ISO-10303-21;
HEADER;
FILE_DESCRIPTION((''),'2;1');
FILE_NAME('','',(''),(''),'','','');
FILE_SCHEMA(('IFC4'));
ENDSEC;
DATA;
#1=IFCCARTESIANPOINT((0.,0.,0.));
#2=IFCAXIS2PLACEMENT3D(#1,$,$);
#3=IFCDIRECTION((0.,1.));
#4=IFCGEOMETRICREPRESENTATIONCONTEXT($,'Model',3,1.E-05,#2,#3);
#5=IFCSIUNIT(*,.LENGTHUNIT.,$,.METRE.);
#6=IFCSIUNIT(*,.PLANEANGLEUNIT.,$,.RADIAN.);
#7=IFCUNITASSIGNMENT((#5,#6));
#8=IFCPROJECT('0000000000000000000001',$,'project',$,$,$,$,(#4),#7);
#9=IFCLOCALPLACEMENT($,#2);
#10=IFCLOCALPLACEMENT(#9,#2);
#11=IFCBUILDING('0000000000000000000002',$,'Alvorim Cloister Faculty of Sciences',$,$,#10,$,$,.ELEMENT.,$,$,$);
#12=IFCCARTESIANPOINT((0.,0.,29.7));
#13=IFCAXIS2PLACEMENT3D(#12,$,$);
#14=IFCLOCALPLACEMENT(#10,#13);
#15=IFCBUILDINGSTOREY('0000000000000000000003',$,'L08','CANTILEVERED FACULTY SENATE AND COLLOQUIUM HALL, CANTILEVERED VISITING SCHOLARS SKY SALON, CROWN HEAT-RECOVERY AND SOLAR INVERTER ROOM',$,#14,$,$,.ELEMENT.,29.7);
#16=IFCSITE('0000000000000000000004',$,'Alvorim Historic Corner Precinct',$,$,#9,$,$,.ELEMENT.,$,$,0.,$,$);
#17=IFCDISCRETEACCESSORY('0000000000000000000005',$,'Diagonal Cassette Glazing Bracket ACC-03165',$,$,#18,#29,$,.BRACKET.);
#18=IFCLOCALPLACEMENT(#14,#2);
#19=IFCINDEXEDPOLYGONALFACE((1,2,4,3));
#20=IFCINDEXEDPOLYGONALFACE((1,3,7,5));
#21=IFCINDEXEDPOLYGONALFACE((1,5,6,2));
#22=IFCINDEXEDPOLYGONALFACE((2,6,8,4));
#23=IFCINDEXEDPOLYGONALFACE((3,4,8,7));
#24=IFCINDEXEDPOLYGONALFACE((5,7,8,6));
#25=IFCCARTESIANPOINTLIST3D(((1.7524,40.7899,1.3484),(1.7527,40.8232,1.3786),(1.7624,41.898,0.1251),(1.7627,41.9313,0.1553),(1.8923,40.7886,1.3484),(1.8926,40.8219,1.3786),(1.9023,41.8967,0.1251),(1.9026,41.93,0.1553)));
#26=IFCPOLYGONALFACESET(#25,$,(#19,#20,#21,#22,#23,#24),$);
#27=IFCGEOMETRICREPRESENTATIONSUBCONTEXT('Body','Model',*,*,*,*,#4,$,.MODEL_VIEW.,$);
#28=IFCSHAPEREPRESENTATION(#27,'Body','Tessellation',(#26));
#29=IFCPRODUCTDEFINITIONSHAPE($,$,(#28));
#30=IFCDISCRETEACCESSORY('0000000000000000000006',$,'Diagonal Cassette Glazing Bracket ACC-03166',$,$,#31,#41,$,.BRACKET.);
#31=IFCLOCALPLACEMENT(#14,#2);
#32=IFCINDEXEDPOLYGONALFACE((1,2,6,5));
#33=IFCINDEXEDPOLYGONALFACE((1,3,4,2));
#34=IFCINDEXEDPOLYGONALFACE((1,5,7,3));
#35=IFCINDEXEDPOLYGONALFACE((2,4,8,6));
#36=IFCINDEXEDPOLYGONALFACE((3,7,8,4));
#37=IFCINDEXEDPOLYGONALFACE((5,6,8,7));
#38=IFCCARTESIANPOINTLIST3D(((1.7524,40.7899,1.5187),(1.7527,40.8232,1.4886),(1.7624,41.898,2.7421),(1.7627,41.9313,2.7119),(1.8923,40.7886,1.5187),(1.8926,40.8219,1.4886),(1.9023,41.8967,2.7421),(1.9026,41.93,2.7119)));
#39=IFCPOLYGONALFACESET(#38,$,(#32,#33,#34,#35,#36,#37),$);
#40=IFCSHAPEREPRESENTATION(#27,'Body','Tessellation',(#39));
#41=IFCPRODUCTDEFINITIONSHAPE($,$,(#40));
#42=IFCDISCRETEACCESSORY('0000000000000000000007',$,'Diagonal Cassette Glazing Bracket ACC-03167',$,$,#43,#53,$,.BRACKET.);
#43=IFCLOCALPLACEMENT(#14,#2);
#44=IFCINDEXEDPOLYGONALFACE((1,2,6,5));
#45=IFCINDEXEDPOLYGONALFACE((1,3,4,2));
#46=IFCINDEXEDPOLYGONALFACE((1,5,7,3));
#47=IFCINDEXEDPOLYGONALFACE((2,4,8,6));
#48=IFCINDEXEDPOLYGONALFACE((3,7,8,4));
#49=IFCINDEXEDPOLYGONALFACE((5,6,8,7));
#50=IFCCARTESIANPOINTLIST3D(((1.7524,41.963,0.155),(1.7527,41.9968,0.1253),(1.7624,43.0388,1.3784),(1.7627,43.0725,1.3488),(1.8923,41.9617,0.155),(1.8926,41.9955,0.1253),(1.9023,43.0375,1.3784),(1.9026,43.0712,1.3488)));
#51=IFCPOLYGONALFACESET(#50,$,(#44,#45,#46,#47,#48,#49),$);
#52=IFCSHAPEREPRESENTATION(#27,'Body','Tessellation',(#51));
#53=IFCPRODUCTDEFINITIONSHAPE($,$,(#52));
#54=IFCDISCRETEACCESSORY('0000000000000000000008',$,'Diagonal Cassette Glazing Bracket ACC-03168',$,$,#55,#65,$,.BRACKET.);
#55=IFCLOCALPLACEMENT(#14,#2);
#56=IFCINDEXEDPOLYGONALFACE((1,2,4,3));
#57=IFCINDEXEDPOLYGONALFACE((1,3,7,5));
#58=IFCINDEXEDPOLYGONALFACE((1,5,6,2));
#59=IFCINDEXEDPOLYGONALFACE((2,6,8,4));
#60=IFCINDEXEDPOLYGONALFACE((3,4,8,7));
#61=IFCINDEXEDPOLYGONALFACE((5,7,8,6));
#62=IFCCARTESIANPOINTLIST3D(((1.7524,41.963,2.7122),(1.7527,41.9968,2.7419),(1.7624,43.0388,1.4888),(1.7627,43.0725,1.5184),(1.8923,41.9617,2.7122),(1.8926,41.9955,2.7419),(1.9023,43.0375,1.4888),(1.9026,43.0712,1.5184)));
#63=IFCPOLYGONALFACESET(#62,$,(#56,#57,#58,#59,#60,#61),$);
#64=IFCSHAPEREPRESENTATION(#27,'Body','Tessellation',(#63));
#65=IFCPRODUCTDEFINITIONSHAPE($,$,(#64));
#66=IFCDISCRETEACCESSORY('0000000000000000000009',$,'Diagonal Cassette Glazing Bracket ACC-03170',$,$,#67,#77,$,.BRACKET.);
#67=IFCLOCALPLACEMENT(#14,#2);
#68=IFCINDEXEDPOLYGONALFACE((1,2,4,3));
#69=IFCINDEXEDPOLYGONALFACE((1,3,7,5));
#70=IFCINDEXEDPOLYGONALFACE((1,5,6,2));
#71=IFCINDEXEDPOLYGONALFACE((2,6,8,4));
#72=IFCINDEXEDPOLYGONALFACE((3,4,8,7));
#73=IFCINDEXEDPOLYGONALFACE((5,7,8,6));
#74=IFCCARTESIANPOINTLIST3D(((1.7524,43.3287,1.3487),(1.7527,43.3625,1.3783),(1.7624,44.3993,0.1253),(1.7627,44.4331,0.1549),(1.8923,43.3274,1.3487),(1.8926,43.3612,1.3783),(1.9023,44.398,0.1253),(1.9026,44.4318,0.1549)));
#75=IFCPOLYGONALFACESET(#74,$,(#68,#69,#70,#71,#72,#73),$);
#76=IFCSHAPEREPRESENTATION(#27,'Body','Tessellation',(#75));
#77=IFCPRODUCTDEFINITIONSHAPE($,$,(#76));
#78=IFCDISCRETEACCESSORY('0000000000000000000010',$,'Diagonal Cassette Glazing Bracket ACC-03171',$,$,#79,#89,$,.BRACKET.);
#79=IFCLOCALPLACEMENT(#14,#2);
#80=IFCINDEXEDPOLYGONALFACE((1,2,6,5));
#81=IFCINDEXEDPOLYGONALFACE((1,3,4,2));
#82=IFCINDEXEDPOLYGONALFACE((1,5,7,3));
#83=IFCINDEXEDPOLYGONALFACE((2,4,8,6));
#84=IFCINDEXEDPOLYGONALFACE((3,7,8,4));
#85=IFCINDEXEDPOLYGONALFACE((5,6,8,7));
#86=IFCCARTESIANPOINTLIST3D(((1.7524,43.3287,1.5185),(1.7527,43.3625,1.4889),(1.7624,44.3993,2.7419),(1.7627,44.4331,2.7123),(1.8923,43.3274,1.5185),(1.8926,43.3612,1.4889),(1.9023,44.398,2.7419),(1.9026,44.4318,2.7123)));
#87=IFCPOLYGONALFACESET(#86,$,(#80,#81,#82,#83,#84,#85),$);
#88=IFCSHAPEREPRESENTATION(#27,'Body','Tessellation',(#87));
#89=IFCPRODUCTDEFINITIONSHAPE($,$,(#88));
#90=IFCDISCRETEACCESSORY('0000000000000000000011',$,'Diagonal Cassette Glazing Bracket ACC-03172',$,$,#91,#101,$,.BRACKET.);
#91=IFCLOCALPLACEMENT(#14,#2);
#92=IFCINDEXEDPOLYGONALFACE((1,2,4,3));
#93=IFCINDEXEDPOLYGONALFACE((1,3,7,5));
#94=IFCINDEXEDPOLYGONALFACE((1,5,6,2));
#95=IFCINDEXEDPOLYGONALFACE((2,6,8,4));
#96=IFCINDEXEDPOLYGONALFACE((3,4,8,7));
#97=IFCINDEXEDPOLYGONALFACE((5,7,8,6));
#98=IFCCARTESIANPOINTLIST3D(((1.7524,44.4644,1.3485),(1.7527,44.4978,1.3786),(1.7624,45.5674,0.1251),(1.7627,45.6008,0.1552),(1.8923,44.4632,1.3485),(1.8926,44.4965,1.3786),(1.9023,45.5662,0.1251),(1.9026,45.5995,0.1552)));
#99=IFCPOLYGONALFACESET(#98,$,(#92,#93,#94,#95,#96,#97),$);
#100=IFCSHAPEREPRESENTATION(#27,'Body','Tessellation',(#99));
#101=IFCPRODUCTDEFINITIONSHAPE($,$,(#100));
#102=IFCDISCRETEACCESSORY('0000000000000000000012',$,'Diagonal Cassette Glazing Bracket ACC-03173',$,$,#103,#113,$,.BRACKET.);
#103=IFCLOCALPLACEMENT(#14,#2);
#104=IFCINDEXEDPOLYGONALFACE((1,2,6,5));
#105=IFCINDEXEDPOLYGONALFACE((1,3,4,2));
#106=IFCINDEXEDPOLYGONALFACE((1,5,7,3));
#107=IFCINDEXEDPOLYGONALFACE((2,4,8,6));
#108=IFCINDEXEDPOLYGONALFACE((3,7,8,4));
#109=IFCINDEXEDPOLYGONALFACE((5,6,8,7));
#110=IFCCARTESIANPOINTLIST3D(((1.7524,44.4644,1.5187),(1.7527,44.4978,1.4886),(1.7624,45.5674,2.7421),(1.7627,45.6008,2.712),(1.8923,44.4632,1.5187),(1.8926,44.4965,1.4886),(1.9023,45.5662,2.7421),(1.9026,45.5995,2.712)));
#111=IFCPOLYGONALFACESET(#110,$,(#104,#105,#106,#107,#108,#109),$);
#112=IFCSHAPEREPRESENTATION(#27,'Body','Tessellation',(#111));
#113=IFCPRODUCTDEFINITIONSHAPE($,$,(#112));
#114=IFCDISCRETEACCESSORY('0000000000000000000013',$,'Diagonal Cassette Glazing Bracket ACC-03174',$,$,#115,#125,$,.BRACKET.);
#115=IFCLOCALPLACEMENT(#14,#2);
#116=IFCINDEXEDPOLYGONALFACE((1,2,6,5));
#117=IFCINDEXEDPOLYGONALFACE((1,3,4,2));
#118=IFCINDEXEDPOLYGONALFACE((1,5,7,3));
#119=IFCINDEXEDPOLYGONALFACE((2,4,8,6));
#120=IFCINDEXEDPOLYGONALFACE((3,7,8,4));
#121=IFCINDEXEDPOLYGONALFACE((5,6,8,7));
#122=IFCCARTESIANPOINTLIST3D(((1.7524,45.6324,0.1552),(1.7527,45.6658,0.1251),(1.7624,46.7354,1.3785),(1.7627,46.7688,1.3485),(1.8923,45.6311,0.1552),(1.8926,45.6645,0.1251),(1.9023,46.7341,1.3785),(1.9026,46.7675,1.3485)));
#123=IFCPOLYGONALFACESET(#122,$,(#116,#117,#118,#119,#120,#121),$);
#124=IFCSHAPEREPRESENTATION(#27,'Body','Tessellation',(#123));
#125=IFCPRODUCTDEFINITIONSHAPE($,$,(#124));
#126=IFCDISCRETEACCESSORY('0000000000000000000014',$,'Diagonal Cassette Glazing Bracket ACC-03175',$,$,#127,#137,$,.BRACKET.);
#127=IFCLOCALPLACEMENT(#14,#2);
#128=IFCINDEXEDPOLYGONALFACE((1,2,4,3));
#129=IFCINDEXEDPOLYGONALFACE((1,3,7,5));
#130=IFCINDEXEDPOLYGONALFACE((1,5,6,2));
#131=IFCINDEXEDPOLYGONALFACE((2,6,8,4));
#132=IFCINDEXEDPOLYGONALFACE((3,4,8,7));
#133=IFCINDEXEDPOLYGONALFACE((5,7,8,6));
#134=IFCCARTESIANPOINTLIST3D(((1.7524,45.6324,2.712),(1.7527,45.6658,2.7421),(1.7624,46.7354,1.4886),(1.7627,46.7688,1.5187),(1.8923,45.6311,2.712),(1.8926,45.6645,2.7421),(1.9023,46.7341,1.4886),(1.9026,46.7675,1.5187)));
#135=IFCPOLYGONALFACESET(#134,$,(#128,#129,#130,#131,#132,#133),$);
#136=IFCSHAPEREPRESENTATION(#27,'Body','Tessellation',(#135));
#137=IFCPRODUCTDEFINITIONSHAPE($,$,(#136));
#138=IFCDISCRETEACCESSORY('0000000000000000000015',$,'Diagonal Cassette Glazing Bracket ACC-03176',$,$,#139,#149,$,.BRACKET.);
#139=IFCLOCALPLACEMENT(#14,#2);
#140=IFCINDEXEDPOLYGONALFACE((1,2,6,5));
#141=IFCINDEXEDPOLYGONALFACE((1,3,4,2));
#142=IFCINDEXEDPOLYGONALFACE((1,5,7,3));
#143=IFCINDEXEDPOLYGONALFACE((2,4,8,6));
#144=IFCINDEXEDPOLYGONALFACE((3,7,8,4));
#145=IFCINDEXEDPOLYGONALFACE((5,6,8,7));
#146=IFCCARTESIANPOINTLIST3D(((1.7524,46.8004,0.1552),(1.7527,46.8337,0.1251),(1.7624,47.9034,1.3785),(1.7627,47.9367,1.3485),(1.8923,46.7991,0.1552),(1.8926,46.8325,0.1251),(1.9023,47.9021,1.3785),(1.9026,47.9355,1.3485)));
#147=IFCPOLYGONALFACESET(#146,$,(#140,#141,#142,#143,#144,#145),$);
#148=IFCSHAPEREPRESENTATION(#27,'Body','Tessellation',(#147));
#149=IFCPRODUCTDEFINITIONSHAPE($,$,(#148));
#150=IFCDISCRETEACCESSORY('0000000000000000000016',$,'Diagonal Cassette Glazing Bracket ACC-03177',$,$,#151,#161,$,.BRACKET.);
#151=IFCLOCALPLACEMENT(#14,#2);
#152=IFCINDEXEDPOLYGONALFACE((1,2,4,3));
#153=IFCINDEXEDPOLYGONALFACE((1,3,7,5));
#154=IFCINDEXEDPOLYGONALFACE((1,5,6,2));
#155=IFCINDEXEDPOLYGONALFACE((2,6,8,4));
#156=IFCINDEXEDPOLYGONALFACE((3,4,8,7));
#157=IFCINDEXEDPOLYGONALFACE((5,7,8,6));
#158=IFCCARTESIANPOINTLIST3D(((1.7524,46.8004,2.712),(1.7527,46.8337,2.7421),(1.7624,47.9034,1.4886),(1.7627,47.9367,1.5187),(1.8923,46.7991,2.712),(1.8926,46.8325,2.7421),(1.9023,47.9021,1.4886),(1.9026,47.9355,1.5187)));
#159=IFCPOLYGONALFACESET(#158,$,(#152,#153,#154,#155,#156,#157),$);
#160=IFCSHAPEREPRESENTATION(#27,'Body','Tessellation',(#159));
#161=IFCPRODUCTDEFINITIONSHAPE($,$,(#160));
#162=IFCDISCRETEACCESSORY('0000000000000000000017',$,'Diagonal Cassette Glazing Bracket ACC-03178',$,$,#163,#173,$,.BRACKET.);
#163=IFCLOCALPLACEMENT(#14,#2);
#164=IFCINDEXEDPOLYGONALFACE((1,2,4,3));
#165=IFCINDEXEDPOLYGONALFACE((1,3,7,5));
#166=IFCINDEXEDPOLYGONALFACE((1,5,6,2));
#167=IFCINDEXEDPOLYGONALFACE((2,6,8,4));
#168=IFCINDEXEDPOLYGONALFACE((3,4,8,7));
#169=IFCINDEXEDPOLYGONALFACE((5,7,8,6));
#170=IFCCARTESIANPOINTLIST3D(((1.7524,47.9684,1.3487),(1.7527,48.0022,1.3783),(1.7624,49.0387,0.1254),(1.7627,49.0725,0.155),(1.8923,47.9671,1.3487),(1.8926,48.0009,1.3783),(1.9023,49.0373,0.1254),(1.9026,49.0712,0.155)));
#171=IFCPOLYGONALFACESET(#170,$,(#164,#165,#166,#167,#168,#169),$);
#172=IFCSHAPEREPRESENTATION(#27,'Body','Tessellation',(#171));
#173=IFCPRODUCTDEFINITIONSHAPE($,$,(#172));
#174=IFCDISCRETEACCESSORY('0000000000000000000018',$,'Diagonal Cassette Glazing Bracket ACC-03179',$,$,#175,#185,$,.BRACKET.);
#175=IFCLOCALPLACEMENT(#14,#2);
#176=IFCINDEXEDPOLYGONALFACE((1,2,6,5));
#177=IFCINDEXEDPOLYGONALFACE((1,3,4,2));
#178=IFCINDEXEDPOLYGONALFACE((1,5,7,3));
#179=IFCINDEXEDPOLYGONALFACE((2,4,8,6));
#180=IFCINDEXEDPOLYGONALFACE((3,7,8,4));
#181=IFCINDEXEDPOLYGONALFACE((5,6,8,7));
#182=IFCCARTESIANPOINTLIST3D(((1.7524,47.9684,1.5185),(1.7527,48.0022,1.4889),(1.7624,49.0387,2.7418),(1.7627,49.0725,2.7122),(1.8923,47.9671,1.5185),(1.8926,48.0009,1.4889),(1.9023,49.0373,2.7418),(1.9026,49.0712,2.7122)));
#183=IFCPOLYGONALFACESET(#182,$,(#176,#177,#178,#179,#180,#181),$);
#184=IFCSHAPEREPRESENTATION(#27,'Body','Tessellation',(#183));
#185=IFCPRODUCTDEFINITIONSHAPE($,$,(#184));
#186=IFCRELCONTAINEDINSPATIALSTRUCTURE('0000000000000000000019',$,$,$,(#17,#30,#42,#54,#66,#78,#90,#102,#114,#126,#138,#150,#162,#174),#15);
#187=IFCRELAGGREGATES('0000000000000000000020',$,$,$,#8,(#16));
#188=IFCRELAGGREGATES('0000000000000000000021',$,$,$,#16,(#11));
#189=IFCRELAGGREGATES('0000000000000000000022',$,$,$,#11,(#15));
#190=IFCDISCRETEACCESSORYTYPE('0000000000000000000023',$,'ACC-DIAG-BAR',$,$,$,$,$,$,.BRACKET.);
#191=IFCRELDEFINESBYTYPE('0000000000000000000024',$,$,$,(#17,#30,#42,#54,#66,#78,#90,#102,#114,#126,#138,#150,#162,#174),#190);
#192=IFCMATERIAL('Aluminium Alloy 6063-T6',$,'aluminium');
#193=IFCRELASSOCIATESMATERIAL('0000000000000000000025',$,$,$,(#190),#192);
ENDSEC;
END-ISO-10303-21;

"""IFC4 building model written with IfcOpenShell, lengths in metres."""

from ifc_helpers import new_model, si_unit, direction, frame, origin, origin_2d, place, context, subcontext, project, spatial, rectangle, extrude, material, type_object, element, save


model = new_model("IFC4")

# Units and contexts
model_context = context("Model", 3, precision=1e-05, world=origin(), true_north=direction((0.0, 1.0)))
body_context = subcontext(model_context, "Body", "Model", "MODEL_VIEW")
ifc_project = project(units=[si_unit("LENGTHUNIT", "METRE"), si_unit("PLANEANGLEUNIT", "RADIAN")], contexts=[model_context])

# Site, building, storey
site_placement = place(None, origin())
site = spatial("IfcSite", under=ifc_project, at=site_placement, Name="Alvorim Historic Corner Precinct", CompositionType="ELEMENT", RefElevation=0.0)
building_placement = place(site_placement, origin())
building = spatial("IfcBuilding", under=site, at=building_placement, Name="Alvorim Cloister Faculty of Sciences", CompositionType="ELEMENT")
storey_placement = place(building_placement, frame((0.0, 0.0, 29.7)))
storey = spatial("IfcBuildingStorey", under=building, at=storey_placement, Name="L08", Description="CANTILEVERED FACULTY SENATE AND COLLOQUIUM HALL, CANTILEVERED VISITING SCHOLARS SKY SALON, CROWN HEAT-RECOVERY AND SOLAR INVERTER ROOM", CompositionType="ELEMENT", Elevation=29.7)

# Shared definitions
ifc_material_1 = material(Name="Aluminium Alloy 6063-T6", Category="aluminium")

# Discrete accessories
discrete_accessory_type = type_object("IfcDiscreteAccessoryType", Name="ACC-DIAG-BAR", PredefinedType="BRACKET", material=ifc_material_1)
for number, where, z_axis, x_axis, name in (
    (1, (1.8225, 40.8059, 1.3635), (0.006064, 0.671327, -0.741137), (-0.999959, 0.009032, 0.0), "Diagonal Cassette Glazing Bracket ACC-03165"),
    (2, (1.8225, 40.8059, 1.5037), (0.006064, 0.671327, 0.741137), (-0.999959, 0.009032, 0.0), "Diagonal Cassette Glazing Bracket ACC-03166"),
):
    element("IfcDiscreteAccessory", number, at=place(storey_placement, frame(where, z_axis=z_axis, x_axis=x_axis)), inside=storey, type_object=discrete_accessory_type, Name=name, PredefinedType="BRACKET", context=body_context, shape_type="SweptSolid", body=[
        extrude(rectangle(XDim=0.1399, YDim=0.0449, at=origin_2d()), origin(), (0.0, 0.0, 1.0), 1.6506),
    ])
for number, where, z_axis, x_axis, name in (
    (3, (1.8225, 41.9792, 0.1401), (0.006144, 0.660305, 0.750973), (-0.999957, 0.009305, 0.0), "Diagonal Cassette Glazing Bracket ACC-03167"),
    (4, (1.8225, 41.9792, 2.7271), (0.006144, 0.660305, -0.750973), (-0.999957, 0.009305, 0.0), "Diagonal Cassette Glazing Bracket ACC-03168"),
):
    element("IfcDiscreteAccessory", number, at=place(storey_placement, frame(where, z_axis=z_axis, x_axis=x_axis)), inside=storey, type_object=discrete_accessory_type, Name=name, PredefinedType="BRACKET", context=body_context, shape_type="SweptSolid", body=[
        extrude(rectangle(XDim=0.1399, YDim=0.0449, at=origin_2d()), origin(), (0.0, 0.0, 1.0), 1.6292),
    ])
for number, where, z_axis, x_axis, name in (
    (5, (1.8225, 43.345, 1.3635), (0.006157, 0.658524, -0.752535), (-0.999956, 0.00935, 0.0), "Diagonal Cassette Glazing Bracket ACC-03170"),
    (6, (1.8225, 43.345, 1.5037), (0.006157, 0.658524, 0.752535), (-0.999956, 0.00935, 0.0), "Diagonal Cassette Glazing Bracket ACC-03171"),
):
    element("IfcDiscreteAccessory", number, at=place(storey_placement, frame(where, z_axis=z_axis, x_axis=x_axis)), inside=storey, type_object=discrete_accessory_type, Name=name, PredefinedType="BRACKET", context=body_context, shape_type="SweptSolid", body=[
        extrude(rectangle(XDim=0.1399, YDim=0.0449, at=origin_2d()), origin(), (0.0, 0.0, 1.0), 1.6257),
    ])
for number, where, z_axis, x_axis, name in (
    (7, (1.8225, 44.4805, 1.3635), (0.006077, 0.669615, -0.742683), (-0.999959, 0.009074, 0.0), "Diagonal Cassette Glazing Bracket ACC-03172"),
    (8, (1.8225, 44.4805, 1.5037), (0.006077, 0.669615, 0.742683), (-0.999959, 0.009074, 0.0), "Diagonal Cassette Glazing Bracket ACC-03173"),
    (9, (1.8225, 45.6484, 0.1401), (0.006077, 0.669615, 0.742683), (-0.999959, 0.009074, 0.0), "Diagonal Cassette Glazing Bracket ACC-03174"),
    (10, (1.8225, 45.6484, 2.7271), (0.006077, 0.669615, -0.742683), (-0.999959, 0.009074, 0.0), "Diagonal Cassette Glazing Bracket ACC-03175"),
    (11, (1.8225, 46.8164, 0.1401), (0.006077, 0.669615, 0.742683), (-0.999959, 0.009074, 0.0), "Diagonal Cassette Glazing Bracket ACC-03176"),
    (12, (1.8225, 46.8164, 2.7271), (0.006077, 0.669615, -0.742683), (-0.999959, 0.009074, 0.0), "Diagonal Cassette Glazing Bracket ACC-03177"),
):
    element("IfcDiscreteAccessory", number, at=place(storey_placement, frame(where, z_axis=z_axis, x_axis=x_axis)), inside=storey, type_object=discrete_accessory_type, Name=name, PredefinedType="BRACKET", context=body_context, shape_type="SweptSolid", body=[
        extrude(rectangle(XDim=0.1399, YDim=0.0449, at=origin_2d()), origin(), (0.0, 0.0, 1.0), 1.6472),
    ])
for number, where, z_axis, x_axis, name in (
    (13, (1.8225, 47.9846, 1.3635), (0.006158, 0.658439, -0.752609), (-0.999956, 0.009352, 0.0), "Diagonal Cassette Glazing Bracket ACC-03178"),
    (14, (1.8225, 47.9846, 1.5037), (0.006158, 0.658439, 0.752609), (-0.999956, 0.009352, 0.0), "Diagonal Cassette Glazing Bracket ACC-03179"),
):
    element("IfcDiscreteAccessory", number, at=place(storey_placement, frame(where, z_axis=z_axis, x_axis=x_axis)), inside=storey, type_object=discrete_accessory_type, Name=name, PredefinedType="BRACKET", context=body_context, shape_type="SweptSolid", body=[
        extrude(rectangle(XDim=0.1399, YDim=0.0449, at=origin_2d()), origin(), (0.0, 0.0, 1.0), 1.6255),
    ])

save(model, "model.ifc")
